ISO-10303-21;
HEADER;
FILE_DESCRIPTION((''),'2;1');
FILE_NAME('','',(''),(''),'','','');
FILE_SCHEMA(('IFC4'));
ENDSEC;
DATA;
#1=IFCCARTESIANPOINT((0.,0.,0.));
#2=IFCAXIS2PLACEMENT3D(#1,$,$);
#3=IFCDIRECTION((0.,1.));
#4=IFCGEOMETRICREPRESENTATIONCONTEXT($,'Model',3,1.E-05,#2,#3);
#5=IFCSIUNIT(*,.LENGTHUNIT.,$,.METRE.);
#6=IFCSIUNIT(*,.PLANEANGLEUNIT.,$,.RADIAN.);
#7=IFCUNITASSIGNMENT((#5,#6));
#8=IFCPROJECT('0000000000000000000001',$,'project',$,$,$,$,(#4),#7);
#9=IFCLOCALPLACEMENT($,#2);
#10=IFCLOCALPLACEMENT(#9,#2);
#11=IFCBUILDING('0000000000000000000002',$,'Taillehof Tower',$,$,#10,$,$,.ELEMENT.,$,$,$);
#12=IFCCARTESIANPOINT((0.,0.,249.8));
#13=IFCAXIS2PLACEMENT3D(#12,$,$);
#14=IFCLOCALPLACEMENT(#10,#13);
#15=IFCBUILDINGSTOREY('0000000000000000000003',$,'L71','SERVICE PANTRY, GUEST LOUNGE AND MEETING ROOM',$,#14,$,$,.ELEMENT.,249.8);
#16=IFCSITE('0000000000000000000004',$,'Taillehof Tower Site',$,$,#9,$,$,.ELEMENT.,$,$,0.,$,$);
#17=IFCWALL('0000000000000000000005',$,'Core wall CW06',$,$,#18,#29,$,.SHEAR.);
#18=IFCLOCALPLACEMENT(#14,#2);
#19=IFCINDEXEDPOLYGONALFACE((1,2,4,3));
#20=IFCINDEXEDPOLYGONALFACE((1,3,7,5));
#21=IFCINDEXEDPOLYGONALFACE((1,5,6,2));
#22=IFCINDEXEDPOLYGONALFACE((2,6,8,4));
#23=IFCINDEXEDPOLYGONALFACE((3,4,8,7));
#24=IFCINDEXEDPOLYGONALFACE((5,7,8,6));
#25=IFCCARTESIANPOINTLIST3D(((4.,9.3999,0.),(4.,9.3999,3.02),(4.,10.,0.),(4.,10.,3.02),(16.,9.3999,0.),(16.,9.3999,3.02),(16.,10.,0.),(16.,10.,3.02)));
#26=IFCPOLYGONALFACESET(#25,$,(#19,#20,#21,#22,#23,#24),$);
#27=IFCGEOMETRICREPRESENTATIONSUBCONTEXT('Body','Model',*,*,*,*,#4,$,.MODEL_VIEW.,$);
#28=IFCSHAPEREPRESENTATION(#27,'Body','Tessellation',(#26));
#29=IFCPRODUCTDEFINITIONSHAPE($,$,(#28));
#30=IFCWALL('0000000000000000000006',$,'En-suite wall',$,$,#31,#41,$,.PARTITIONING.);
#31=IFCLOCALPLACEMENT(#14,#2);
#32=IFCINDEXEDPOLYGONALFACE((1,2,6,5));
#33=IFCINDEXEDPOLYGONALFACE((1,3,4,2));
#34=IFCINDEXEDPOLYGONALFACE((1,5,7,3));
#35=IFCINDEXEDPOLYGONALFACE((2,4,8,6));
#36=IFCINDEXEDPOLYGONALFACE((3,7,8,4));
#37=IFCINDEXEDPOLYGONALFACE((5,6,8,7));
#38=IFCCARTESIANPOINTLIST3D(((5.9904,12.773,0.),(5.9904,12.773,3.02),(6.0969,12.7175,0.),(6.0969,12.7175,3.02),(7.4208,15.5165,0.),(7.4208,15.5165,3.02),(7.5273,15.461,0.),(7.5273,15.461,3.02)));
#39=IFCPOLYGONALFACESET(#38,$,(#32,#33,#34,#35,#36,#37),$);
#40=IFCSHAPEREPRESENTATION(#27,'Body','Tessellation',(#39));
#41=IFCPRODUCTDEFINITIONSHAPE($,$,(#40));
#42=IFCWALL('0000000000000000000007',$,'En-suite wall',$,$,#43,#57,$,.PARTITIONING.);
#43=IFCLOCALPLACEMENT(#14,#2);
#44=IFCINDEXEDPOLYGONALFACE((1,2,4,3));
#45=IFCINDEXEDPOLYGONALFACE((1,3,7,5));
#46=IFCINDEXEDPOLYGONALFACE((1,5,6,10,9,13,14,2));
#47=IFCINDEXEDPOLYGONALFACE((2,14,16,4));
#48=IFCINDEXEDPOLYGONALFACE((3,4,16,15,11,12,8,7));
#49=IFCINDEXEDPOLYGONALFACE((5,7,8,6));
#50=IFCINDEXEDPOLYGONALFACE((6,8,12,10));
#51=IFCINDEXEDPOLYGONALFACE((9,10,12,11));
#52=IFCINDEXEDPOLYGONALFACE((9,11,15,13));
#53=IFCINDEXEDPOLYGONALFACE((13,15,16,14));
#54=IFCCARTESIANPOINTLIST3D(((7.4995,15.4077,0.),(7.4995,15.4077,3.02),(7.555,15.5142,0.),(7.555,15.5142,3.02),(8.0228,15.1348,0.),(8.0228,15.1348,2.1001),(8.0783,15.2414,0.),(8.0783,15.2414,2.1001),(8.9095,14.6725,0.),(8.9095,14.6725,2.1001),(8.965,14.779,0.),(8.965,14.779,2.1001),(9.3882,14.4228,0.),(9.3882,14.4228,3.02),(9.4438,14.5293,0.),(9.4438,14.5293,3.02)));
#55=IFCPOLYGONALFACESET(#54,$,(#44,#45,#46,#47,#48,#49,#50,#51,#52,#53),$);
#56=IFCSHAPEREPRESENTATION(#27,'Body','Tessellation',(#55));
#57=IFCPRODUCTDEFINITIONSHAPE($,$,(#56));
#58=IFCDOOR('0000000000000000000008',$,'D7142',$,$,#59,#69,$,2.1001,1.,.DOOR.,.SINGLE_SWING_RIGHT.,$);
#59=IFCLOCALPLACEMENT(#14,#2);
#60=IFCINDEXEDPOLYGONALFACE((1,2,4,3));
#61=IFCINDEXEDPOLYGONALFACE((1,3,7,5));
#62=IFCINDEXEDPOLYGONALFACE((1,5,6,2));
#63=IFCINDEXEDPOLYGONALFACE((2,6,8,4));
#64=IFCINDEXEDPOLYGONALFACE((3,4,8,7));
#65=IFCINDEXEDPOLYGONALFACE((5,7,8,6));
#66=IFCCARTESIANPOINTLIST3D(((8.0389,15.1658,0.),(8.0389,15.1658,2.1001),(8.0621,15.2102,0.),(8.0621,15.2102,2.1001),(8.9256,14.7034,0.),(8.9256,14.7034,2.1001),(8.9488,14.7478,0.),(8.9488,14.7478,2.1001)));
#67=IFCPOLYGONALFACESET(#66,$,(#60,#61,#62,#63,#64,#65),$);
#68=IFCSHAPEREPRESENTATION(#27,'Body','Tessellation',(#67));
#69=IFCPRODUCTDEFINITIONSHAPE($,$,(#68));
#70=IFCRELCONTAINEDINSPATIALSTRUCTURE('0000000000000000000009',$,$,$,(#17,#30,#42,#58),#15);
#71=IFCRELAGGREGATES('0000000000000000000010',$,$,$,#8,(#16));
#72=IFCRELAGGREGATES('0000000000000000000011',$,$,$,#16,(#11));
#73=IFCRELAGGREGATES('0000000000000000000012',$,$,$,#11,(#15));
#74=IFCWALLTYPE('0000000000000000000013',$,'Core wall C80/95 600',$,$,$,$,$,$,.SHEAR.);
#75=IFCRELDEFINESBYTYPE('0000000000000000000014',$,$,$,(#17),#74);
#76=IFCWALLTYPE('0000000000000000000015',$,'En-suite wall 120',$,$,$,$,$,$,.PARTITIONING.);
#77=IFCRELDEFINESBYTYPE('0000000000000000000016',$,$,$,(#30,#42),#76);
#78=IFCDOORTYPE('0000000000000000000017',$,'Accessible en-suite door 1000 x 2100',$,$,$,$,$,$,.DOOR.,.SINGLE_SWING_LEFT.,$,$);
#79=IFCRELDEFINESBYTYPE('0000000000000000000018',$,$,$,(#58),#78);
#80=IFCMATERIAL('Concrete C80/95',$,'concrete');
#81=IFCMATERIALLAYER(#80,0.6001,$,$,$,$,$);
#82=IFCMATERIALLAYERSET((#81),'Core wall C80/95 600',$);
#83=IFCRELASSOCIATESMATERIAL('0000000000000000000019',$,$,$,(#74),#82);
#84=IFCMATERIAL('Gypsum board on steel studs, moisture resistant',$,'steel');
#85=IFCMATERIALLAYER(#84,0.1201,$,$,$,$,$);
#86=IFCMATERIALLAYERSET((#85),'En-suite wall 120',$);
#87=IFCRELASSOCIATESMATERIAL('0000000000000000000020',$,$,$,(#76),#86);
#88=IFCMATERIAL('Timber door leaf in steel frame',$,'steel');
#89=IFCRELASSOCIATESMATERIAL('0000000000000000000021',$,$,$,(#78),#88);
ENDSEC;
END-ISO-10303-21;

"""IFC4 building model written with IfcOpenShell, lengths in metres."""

from ifc_helpers import new_model, si_unit, direction, frame, frame_2d, origin, place, context, subcontext, project, spatial, rectangle, extrude, material, layer, layer_set, type_object, element, fill, save


model = new_model("IFC4")

# Units and contexts
model_context = context("Model", 3, precision=1e-05, world=origin(), true_north=direction((0.0, 1.0)))
body_context = subcontext(model_context, "Body", "Model", "MODEL_VIEW")
ifc_project = project(units=[si_unit("LENGTHUNIT", "METRE"), si_unit("PLANEANGLEUNIT", "RADIAN")], contexts=[model_context])

# Site, building, storey
site_placement = place(None, origin())
site = spatial("IfcSite", under=ifc_project, at=site_placement, Name="Taillehof Tower Site", CompositionType="ELEMENT", RefElevation=0.0)
building_placement = place(site_placement, origin())
building = spatial("IfcBuilding", under=site, at=building_placement, Name="Taillehof Tower", CompositionType="ELEMENT")
storey_placement = place(building_placement, frame((0.0, 0.0, 249.8)))
storey = spatial("IfcBuildingStorey", under=building, at=storey_placement, Name="L71", Description="SERVICE PANTRY, GUEST LOUNGE AND MEETING ROOM", CompositionType="ELEMENT", Elevation=249.8)

# Walls
ifc_material_1 = material(Name="Concrete C80/95", Category="concrete")
ifc_layer_1 = layer(ifc_material_1, 0.6001)
ifc_layer_set_1 = layer_set([ifc_layer_1], Name="Core wall C80/95 600")
wall_type_1 = type_object("IfcWallType", Name="Core wall C80/95 600", PredefinedType="SHEAR", material=ifc_layer_set_1)
wall_1_placement = place(storey_placement, frame((4.0, 9.7, 0.0), z_axis=(0.0, 0.0, 1.0), x_axis=(1.0, 0.0, 0.0)))
element("IfcWall", 1, at=wall_1_placement, inside=storey, type_object=wall_type_1, Name="Core wall CW06", PredefinedType="SHEAR", context=body_context, shape_type="SweptSolid", body=[
    extrude(rectangle(XDim=12.0, YDim=0.6001, at=frame_2d((6.0, 0.0))), origin(), (0.0, 0.0, 1.0), 3.02),
])
ifc_material_2 = material(Name="Gypsum board on steel studs, moisture resistant", Category="steel")
ifc_layer_2 = layer(ifc_material_2, 0.1201)
ifc_layer_set_2 = layer_set([ifc_layer_2], Name="En-suite wall 120")
wall_type_2 = type_object("IfcWallType", Name="En-suite wall 120", PredefinedType="PARTITIONING", material=ifc_layer_set_2)
wall_2_placement = place(storey_placement, frame((6.0437, 12.7454, 0.0), z_axis=(0.0, 0.0, 1.0), x_axis=(0.462331, 0.886707, 0.0)))
element("IfcWall", 2, at=wall_2_placement, inside=storey, type_object=wall_type_2, Name="En-suite wall", PredefinedType="PARTITIONING", context=body_context, shape_type="SweptSolid", body=[
    extrude(rectangle(XDim=3.094, YDim=0.1201, at=frame_2d((1.5469, 0.0))), origin(), (0.0, 0.0, 1.0), 3.02),
])

# Wall, opening, door
wall_3_placement = place(storey_placement, frame((7.5273, 15.4609, 0.0), z_axis=(0.0, 0.0, 1.0), x_axis=(0.886687, -0.46237, 0.0)))
wall_3 = element("IfcWall", 3, at=wall_3_placement, inside=storey, type_object=wall_type_2, Name="En-suite wall", PredefinedType="PARTITIONING", context=body_context, shape_type="SweptSolid", body=[
    extrude(rectangle(XDim=2.1301, YDim=0.1201, at=frame_2d((1.0649, 0.0))), origin(), (0.0, 0.0, 1.0), 3.02),
])
opening_1_placement = place(wall_3_placement, frame((0.5901, 0.0, 0.0)))
opening_1 = element("IfcOpeningElement", 4, at=opening_1_placement, cuts=wall_3, PredefinedType="OPENING", context=body_context, shape_type="SweptSolid", body=[
    extrude(rectangle(XDim=1.0, YDim=2.1001, at=frame_2d((0.5, 1.05))), frame((0.0, 0.0701, 0.0), z_axis=(0.0, -1.0, 0.0), x_axis=(1.0, 0.0, 0.0)), (0.0, 0.0, 1.0), 0.1401),
])
ifc_material_3 = material(Name="Timber door leaf in steel frame", Category="steel")
door_type_1 = type_object("IfcDoorType", Name="Accessible en-suite door 1000 x 2100", OperationType="SINGLE_SWING_LEFT", PredefinedType="DOOR", material=ifc_material_3)
door_1_placement = place(opening_1_placement, origin())
door_1 = element("IfcDoor", 5, at=door_1_placement, inside=storey, type_object=door_type_1, Name="D7142", OperationType="SINGLE_SWING_RIGHT", OverallHeight=2.1001, OverallWidth=1.0, PredefinedType="DOOR", context=body_context, shape_type="SweptSolid", body=[
    extrude(rectangle(XDim=1.0, YDim=2.1001, at=frame_2d((0.5, 1.05))), frame((0.0, 0.0249, 0.0), z_axis=(0.0, -1.0, 0.0), x_axis=(1.0, 0.0, 0.0)), (0.0, 0.0, 1.0), 0.05),
])
fill(opening_1, door_1)

save(model, "model.ifc")
